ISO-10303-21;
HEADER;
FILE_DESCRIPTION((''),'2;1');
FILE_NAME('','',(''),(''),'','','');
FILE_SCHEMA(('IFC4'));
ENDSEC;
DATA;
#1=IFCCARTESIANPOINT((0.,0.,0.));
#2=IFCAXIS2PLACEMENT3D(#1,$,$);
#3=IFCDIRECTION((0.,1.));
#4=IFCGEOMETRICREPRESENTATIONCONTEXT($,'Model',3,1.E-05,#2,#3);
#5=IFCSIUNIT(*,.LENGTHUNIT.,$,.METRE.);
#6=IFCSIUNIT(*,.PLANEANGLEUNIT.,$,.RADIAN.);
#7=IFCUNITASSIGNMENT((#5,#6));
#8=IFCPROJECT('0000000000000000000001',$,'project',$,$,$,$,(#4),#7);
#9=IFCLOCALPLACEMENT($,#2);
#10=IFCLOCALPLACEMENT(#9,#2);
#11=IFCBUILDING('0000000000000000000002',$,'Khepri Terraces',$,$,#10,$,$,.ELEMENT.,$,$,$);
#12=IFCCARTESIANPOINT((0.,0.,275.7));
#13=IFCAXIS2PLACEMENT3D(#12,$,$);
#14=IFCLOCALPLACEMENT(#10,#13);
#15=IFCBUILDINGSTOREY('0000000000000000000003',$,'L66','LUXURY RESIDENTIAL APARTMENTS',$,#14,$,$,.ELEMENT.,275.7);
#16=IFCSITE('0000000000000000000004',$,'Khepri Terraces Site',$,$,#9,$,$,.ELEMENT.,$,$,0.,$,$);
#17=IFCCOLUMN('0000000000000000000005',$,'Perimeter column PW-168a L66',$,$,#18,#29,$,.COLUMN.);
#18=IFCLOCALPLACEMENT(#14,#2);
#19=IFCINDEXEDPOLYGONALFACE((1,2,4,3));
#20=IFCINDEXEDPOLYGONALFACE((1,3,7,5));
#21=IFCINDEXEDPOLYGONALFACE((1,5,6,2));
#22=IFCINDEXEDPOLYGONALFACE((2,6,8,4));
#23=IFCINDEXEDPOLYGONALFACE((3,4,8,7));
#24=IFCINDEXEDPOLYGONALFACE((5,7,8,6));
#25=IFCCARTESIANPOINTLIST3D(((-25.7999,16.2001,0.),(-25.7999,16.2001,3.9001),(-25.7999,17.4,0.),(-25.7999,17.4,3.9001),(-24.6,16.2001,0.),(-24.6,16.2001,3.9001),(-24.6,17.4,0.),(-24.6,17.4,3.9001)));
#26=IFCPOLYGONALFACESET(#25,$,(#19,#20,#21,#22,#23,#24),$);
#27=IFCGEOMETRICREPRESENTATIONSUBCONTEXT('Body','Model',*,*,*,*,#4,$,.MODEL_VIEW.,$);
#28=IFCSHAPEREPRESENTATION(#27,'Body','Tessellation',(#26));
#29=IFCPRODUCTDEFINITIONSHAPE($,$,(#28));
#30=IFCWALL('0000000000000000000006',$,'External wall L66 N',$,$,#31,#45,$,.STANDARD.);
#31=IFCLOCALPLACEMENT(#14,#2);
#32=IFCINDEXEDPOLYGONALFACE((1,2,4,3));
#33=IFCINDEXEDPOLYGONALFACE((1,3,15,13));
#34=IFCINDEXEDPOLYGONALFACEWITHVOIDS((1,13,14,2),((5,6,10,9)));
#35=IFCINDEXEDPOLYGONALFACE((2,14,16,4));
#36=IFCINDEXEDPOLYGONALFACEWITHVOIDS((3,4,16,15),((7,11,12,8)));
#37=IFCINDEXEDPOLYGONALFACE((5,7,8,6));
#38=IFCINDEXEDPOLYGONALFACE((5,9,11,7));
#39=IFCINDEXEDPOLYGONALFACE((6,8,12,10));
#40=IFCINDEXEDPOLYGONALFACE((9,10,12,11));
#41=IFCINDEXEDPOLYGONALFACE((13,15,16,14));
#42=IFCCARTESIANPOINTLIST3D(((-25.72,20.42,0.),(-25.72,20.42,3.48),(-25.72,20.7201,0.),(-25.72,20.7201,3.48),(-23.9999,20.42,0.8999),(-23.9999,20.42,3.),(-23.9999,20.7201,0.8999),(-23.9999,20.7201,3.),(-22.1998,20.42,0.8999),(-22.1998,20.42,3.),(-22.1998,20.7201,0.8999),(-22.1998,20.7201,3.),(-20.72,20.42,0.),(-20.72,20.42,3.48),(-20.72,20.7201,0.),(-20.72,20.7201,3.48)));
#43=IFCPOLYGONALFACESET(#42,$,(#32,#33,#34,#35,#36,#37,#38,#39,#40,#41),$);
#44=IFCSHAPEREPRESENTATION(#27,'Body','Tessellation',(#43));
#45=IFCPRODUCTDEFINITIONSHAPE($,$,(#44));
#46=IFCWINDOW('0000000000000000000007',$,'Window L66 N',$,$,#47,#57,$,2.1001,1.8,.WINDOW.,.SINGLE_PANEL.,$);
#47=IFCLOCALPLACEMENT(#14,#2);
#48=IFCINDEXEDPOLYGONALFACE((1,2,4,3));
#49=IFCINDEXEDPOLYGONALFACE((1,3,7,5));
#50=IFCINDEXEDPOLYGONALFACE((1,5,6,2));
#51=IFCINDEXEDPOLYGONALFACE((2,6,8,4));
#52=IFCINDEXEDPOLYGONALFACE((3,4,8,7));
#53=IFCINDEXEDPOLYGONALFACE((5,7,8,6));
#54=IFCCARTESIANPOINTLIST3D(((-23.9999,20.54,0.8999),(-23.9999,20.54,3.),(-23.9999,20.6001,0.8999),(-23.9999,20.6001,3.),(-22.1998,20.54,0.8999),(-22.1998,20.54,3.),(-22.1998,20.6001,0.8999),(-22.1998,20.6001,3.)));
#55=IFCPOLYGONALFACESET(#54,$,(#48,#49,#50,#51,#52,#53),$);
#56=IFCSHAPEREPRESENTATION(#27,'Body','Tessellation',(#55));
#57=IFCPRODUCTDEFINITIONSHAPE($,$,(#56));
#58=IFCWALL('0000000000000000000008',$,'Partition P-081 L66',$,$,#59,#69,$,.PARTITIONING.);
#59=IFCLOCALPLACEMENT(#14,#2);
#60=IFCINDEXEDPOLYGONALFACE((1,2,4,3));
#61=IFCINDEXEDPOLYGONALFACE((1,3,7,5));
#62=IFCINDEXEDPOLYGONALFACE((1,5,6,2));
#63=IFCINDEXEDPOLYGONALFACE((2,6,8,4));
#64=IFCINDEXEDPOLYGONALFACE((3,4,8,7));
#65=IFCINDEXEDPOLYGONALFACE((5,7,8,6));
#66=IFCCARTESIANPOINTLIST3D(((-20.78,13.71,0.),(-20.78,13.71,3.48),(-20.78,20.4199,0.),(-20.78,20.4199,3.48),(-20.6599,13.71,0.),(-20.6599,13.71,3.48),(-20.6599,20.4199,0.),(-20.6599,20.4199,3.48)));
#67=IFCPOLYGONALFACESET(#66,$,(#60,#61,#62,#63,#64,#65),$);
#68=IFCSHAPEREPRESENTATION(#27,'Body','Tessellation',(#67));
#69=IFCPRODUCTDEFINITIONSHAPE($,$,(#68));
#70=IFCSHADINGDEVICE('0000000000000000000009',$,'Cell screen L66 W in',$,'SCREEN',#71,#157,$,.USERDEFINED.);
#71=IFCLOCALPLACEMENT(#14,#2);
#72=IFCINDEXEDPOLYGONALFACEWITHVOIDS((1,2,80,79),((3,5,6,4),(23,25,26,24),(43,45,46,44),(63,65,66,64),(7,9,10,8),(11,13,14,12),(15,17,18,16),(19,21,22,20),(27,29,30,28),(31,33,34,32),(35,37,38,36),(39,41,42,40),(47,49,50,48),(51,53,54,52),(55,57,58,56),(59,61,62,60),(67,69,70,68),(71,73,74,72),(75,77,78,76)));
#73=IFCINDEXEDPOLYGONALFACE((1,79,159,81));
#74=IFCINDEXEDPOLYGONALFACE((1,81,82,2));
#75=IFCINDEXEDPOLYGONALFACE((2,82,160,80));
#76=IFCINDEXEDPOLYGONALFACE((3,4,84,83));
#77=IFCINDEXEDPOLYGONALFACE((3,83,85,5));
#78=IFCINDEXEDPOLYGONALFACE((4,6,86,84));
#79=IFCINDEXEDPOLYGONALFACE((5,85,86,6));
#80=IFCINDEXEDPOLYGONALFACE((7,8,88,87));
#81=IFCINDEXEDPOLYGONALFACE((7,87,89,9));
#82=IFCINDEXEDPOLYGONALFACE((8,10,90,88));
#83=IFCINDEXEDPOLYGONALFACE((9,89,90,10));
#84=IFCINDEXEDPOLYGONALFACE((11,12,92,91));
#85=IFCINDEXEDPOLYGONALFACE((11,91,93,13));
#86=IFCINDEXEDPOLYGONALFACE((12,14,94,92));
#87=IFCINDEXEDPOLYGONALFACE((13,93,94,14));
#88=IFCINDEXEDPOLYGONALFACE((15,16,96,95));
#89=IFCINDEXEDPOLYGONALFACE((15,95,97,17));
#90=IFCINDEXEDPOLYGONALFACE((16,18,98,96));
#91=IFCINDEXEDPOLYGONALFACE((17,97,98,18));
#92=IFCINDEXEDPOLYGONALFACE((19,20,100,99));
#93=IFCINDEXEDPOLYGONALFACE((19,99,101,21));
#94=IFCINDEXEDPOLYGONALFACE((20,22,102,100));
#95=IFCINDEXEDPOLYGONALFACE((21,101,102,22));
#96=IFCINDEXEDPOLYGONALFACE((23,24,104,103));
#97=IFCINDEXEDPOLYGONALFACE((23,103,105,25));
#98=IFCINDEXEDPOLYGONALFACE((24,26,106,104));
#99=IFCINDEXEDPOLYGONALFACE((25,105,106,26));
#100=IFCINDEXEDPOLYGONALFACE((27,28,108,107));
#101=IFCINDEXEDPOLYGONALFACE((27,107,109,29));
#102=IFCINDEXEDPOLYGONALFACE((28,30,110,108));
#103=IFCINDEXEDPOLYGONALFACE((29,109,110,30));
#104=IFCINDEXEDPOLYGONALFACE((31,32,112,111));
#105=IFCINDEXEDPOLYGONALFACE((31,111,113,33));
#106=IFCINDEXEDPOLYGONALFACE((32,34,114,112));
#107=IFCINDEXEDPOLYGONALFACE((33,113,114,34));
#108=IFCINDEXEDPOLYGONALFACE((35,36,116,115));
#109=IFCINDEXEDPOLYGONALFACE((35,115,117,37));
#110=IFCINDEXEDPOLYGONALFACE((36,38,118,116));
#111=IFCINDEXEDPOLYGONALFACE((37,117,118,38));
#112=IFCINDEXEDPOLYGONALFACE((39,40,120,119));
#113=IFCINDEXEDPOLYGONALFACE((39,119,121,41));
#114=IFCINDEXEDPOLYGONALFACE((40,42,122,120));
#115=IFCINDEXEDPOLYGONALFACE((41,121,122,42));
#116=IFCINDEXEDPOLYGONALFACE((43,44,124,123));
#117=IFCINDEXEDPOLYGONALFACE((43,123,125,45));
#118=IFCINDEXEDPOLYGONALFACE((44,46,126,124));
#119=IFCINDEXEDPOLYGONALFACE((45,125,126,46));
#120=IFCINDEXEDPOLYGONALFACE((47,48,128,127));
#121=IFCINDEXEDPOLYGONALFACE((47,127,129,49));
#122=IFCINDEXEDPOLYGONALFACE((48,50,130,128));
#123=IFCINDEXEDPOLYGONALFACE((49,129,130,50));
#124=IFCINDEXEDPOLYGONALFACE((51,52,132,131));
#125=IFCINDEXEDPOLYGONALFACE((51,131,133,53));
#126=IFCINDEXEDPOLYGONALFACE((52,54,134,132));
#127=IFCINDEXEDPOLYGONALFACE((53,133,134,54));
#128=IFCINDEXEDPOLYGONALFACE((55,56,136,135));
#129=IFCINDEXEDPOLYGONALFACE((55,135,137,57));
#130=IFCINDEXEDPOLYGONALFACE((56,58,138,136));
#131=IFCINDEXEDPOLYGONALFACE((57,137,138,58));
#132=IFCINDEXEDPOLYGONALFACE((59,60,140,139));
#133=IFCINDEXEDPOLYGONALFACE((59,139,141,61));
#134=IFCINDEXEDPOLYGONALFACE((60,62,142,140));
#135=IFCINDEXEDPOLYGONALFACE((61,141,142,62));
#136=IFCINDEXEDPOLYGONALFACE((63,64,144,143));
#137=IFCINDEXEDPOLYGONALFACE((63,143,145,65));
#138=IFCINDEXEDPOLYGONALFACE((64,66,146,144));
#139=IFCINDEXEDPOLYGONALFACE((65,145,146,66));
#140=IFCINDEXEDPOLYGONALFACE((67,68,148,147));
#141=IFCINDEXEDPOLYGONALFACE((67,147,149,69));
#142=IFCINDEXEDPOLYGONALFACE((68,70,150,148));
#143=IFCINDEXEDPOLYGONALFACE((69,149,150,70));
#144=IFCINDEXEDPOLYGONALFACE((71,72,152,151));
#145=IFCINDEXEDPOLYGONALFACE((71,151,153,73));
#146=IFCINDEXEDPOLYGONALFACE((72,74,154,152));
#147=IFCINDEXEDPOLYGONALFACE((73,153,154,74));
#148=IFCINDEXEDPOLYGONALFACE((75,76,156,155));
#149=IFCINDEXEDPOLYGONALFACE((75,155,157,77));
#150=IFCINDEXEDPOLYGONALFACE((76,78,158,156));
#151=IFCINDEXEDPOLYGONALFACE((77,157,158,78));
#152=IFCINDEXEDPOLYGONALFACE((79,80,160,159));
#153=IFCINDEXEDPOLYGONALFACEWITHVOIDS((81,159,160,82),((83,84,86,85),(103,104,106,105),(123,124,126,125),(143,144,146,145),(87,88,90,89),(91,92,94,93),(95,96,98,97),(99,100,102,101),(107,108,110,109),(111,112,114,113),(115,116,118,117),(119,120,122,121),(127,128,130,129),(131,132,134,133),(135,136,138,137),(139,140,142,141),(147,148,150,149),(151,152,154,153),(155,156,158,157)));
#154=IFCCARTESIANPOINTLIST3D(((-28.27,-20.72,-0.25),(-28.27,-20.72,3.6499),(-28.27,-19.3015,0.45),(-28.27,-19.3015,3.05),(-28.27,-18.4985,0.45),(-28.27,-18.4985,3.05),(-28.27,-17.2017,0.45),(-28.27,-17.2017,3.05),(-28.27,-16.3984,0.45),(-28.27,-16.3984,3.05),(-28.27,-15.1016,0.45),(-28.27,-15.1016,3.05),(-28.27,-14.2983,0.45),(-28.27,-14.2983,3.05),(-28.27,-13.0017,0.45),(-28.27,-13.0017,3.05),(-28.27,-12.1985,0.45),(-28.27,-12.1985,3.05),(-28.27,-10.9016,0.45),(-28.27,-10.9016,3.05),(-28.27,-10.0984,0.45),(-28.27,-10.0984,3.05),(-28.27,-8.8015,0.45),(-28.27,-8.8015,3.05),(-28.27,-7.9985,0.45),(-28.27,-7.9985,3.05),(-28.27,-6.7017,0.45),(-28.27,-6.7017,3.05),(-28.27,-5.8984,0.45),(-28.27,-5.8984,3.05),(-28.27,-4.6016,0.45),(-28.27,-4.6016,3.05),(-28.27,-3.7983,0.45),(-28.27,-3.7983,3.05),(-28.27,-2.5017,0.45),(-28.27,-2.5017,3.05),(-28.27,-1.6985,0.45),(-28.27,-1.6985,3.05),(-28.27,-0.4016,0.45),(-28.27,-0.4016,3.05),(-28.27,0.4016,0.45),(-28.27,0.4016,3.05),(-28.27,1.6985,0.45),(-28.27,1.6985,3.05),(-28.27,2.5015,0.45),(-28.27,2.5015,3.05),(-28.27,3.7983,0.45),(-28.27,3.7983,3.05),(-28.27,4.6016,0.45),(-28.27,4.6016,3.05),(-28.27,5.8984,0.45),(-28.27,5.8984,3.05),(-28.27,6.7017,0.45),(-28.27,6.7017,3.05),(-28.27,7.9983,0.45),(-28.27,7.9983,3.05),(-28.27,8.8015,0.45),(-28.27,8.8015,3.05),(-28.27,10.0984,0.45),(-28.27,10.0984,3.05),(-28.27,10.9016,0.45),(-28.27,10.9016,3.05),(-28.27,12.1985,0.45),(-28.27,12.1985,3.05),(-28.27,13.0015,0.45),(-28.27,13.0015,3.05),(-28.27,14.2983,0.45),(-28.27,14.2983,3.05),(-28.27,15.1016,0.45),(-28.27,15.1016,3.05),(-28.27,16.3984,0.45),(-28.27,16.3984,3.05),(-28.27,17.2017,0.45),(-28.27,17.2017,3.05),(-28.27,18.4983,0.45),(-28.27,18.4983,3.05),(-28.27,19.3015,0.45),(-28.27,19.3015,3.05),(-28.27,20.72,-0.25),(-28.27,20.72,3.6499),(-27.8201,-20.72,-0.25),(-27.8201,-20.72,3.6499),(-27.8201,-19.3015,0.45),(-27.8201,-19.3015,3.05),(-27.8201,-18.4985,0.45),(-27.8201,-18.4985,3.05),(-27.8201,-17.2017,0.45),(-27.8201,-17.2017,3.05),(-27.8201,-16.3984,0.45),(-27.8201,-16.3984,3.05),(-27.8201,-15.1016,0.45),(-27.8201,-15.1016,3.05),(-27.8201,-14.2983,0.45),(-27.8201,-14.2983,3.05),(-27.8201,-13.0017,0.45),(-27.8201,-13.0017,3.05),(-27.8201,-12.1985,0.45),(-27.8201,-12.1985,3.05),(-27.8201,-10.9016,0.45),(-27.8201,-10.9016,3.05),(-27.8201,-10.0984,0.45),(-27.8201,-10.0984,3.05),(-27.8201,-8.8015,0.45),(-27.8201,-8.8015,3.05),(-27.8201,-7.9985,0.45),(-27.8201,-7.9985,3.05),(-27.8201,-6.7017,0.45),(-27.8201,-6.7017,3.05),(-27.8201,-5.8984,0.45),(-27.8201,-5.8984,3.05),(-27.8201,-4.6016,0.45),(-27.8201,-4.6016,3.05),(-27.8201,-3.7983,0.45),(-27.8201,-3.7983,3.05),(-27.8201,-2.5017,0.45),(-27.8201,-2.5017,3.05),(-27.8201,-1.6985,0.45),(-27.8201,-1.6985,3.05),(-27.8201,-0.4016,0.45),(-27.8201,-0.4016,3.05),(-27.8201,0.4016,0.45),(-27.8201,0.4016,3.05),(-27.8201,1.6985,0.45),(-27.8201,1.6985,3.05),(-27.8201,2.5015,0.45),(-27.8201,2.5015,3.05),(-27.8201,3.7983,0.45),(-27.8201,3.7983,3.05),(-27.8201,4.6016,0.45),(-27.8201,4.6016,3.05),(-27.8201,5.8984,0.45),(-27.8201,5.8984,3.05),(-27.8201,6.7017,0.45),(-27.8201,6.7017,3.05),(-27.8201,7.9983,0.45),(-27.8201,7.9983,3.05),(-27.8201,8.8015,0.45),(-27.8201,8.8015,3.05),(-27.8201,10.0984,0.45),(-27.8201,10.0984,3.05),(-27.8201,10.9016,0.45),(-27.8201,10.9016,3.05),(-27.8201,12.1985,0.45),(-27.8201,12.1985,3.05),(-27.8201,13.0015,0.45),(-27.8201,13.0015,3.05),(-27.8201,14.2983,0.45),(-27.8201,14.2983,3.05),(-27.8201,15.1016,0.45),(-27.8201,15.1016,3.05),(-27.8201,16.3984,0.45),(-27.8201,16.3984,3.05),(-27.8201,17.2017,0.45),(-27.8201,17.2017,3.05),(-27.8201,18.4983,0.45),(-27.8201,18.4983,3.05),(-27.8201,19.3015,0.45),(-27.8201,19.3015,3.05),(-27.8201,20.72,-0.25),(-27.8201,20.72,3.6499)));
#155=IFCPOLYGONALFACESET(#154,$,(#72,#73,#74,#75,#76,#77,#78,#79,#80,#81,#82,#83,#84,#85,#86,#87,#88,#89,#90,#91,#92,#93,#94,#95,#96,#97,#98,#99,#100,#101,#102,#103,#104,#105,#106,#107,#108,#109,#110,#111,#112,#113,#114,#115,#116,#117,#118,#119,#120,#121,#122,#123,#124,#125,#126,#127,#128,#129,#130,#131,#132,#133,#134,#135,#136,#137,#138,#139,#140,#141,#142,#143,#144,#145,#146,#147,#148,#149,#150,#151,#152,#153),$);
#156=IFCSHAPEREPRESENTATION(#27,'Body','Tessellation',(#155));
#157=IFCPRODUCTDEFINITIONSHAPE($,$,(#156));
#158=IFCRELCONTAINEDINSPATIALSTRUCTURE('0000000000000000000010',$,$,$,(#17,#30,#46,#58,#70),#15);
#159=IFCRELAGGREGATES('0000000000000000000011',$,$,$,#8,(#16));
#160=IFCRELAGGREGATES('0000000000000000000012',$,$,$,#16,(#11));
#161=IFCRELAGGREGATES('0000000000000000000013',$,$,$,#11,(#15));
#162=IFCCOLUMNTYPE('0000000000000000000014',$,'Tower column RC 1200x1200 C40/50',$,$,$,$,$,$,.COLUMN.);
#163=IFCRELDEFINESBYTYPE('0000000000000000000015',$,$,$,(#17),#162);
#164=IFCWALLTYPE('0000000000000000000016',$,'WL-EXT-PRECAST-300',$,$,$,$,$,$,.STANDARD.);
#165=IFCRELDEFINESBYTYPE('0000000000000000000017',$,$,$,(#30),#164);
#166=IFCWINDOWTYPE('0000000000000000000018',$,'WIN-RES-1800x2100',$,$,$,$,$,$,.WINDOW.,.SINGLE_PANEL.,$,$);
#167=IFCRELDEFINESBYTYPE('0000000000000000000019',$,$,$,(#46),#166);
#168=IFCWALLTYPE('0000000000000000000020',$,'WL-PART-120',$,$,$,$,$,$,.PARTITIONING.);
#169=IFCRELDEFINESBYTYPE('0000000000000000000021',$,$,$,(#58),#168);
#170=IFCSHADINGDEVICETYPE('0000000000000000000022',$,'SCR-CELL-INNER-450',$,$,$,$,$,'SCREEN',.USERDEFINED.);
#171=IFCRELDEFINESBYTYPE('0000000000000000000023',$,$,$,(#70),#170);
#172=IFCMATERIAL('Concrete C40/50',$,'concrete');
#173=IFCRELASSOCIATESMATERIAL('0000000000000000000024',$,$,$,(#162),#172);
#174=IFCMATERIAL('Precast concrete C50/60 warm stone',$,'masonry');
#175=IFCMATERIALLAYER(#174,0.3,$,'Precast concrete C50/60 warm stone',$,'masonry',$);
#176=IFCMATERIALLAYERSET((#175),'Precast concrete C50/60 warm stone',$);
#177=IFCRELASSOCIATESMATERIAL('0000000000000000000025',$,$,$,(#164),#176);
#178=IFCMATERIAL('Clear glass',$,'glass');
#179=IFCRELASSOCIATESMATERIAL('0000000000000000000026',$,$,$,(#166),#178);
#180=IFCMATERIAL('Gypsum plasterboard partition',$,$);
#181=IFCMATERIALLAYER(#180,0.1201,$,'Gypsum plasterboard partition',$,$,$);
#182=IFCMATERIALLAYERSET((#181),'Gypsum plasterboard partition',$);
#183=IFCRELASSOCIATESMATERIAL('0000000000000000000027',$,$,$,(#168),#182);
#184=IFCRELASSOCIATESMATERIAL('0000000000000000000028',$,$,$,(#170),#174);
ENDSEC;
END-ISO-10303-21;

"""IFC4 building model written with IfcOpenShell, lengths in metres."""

from ifc_helpers import new_model, si_unit, direction, frame, frame_2d, origin, origin_2d, place, context, subcontext, project, spatial, polyline, rectangle, outline, extrude, material, layer, layer_set, material_profile, profile_set, type_object, element, fill, save


model = new_model("IFC4")

# Units and contexts
model_context = context("Model", 3, precision=1e-05, world=origin(), true_north=direction((0.0, 1.0)))
body_context = subcontext(model_context, "Body", "Model", "MODEL_VIEW")
ifc_project = project(units=[si_unit("LENGTHUNIT", "METRE"), si_unit("PLANEANGLEUNIT", "RADIAN")], contexts=[model_context])

# Site, building, storey
site_placement = place(None, origin())
site = spatial("IfcSite", under=ifc_project, at=site_placement, Name="Khepri Terraces Site", CompositionType="ELEMENT", RefElevation=0.0)
building_placement = place(site_placement, origin())
building = spatial("IfcBuilding", under=site, at=building_placement, Name="Khepri Terraces", CompositionType="ELEMENT")
storey_placement = place(building_placement, frame((0.0, 0.0, 275.7)))
storey = spatial("IfcBuildingStorey", under=building, at=storey_placement, Name="L66", Description="LUXURY RESIDENTIAL APARTMENTS", CompositionType="ELEMENT", Elevation=275.7)

# Column
ifc_material_1 = material(Name="Concrete C40/50", Category="concrete")
ifc_material_profile = material_profile(ifc_material_1, rectangle(XDim=1.2, YDim=1.2, at=origin_2d()), Name="Concrete C40/50", Category="concrete")
ifc_profile_set = profile_set([ifc_material_profile], Name="Concrete C40/50")
column_type = type_object("IfcColumnType", Name="Tower column RC 1200x1200 C40/50", PredefinedType="COLUMN", material=ifc_profile_set)
column_placement = place(storey_placement, frame((-25.2, 16.8, 0.0), z_axis=(0.0, 0.0, 1.0), x_axis=(1.0, 0.0, 0.0)))
element("IfcColumn", 1, at=column_placement, inside=storey, type_object=column_type, Name="Perimeter column PW-168a L66", PredefinedType="COLUMN", context=body_context, shape_type="SweptSolid", body=[
    extrude(rectangle(XDim=1.2, YDim=1.2, at=origin_2d()), origin(), (0.0, 0.0, 1.0), 3.9001),
])

# Wall, opening, window
ifc_material_2 = material(Name="Precast concrete C50/60 warm stone", Category="masonry")
ifc_layer_1 = layer(ifc_material_2, 0.3, Name="Precast concrete C50/60 warm stone", Category="masonry")
ifc_layer_set_1 = layer_set([ifc_layer_1], Name="Precast concrete C50/60 warm stone")
wall_type_1 = type_object("IfcWallType", Name="WL-EXT-PRECAST-300", PredefinedType="STANDARD", material=ifc_layer_set_1)
wall_1_placement = place(storey_placement, frame((-20.72, 20.5701, 0.0), z_axis=(0.0, 0.0, 1.0), x_axis=(-1.0, 0.0, 0.0)))
wall_1 = element("IfcWall", 2, at=wall_1_placement, inside=storey, type_object=wall_type_1, Name="External wall L66 N", PredefinedType="STANDARD", context=body_context, shape_type="SweptSolid", body=[
    extrude(rectangle(XDim=5.0, YDim=0.3, at=frame_2d((2.5, 0.0))), origin(), (0.0, 0.0, 1.0), 3.48),
])
opening_1_placement = place(wall_1_placement, frame((1.48, 0.0, 0.8999)))
opening_1 = element("IfcOpeningElement", 3, at=opening_1_placement, cuts=wall_1, PredefinedType="OPENING", context=body_context, shape_type="SweptSolid", body=[
    extrude(rectangle(XDim=1.8, YDim=2.1001, at=frame_2d((0.8999, 1.05))), frame((0.0, 0.1602, 0.0), z_axis=(0.0, -1.0, 0.0), x_axis=(1.0, 0.0, 0.0)), (0.0, 0.0, 1.0), 0.3201),
])
ifc_material_3 = material(Name="Clear glass", Category="glass")
window_type = type_object("IfcWindowType", Name="WIN-RES-1800x2100", PartitioningType="SINGLE_PANEL", PredefinedType="WINDOW", material=ifc_material_3)
window_placement = place(opening_1_placement, origin())
window = element("IfcWindow", 4, at=window_placement, inside=storey, type_object=window_type, Name="Window L66 N", OverallHeight=2.1001, OverallWidth=1.8, PartitioningType="SINGLE_PANEL", PredefinedType="WINDOW", context=body_context, shape_type="SweptSolid", body=[
    extrude(rectangle(XDim=1.8, YDim=2.1001, at=frame_2d((0.8999, 1.05))), frame((0.0, 0.03, 0.0), z_axis=(0.0, -1.0, 0.0), x_axis=(1.0, 0.0, 0.0)), (0.0, 0.0, 1.0), 0.0601),
])
fill(opening_1, window)

# Wall
ifc_material_4 = material(Name="Gypsum plasterboard partition")
ifc_layer_2 = layer(ifc_material_4, 0.1201, Name="Gypsum plasterboard partition")
ifc_layer_set_2 = layer_set([ifc_layer_2], Name="Gypsum plasterboard partition")
wall_type_2 = type_object("IfcWallType", Name="WL-PART-120", PredefinedType="PARTITIONING", material=ifc_layer_set_2)
wall_2_placement = place(storey_placement, frame((-20.72, 13.71, 0.0), z_axis=(0.0, 0.0, 1.0), x_axis=(0.0, 1.0, 0.0)))
element("IfcWall", 5, at=wall_2_placement, inside=storey, type_object=wall_type_2, Name="Partition P-081 L66", PredefinedType="PARTITIONING", context=body_context, shape_type="SweptSolid", body=[
    extrude(rectangle(XDim=6.71, YDim=0.1201, at=frame_2d((3.355, 0.0))), origin(), (0.0, 0.0, 1.0), 3.48),
])

# Shading device
shading_device_type_1 = type_object("IfcShadingDeviceType", Name="SCR-CELL-INNER-450", ElementType="SCREEN", PredefinedType="USERDEFINED", material=ifc_material_2)
shading_device_1_placement = place(storey_placement, frame((-27.8201, 20.72, -0.25), z_axis=(-1.0, 0.0, 0.0), x_axis=(0.0, -1.0, 0.0)))
element("IfcShadingDevice", 6, at=shading_device_1_placement, inside=storey, type_object=shading_device_type_1, Name="Cell screen L66 W in", ObjectType="SCREEN", PredefinedType="USERDEFINED", context=body_context, shape_type="SweptSolid", body=[
    extrude(outline(polyline([(0.0, 0.0), (41.4399, 0.0), (41.4399, 3.8999), (0.0, 3.8999), (0.0, 0.0)]), holes=[polyline([(1.4185, 0.7), (2.2217, 0.7), (2.2217, 3.3), (1.4185, 3.3), (1.4185, 0.7)]), polyline([(3.5183, 0.7), (4.3215, 0.7), (4.3215, 3.3), (3.5183, 3.3), (3.5183, 0.7)]), polyline([(5.6184, 0.7), (6.4216, 0.7), (6.4216, 3.3), (5.6184, 3.3), (5.6184, 0.7)]), polyline([(7.7185, 0.7), (8.5215, 0.7), (8.5215, 3.3), (7.7185, 3.3), (7.7185, 0.7)]), polyline([(9.8184, 0.7), (10.6216, 0.7), (10.6216, 3.3), (9.8184, 3.3), (9.8184, 0.7)]), polyline([(11.9185, 0.7), (12.7217, 0.7), (12.7217, 3.3), (11.9185, 3.3), (11.9185, 0.7)]), polyline([(14.0183, 0.7), (14.8215, 0.7), (14.8215, 3.3), (14.0183, 3.3), (14.0183, 0.7)]), polyline([(16.1184, 0.7), (16.9216, 0.7), (16.9216, 3.3), (16.1184, 3.3), (16.1184, 0.7)]), polyline([(18.2185, 0.7), (19.0215, 0.7), (19.0215, 3.3), (18.2185, 3.3), (18.2185, 0.7)]), polyline([(20.3184, 0.7), (21.1216, 0.7), (21.1216, 3.3), (20.3184, 3.3), (20.3184, 0.7)]), polyline([(22.4185, 0.7), (23.2217, 0.7), (23.2217, 3.3), (22.4185, 3.3), (22.4185, 0.7)]), polyline([(24.5183, 0.7), (25.3215, 0.7), (25.3215, 3.3), (24.5183, 3.3), (24.5183, 0.7)]), polyline([(26.6184, 0.7), (27.4216, 0.7), (27.4216, 3.3), (26.6184, 3.3), (26.6184, 0.7)]), polyline([(28.7185, 0.7), (29.5215, 0.7), (29.5215, 3.3), (28.7185, 3.3), (28.7185, 0.7)]), polyline([(30.8184, 0.7), (31.6216, 0.7), (31.6216, 3.3), (30.8184, 3.3), (30.8184, 0.7)]), polyline([(32.9185, 0.7), (33.7217, 0.7), (33.7217, 3.3), (32.9185, 3.3), (32.9185, 0.7)]), polyline([(35.0183, 0.7), (35.8215, 0.7), (35.8215, 3.3), (35.0183, 3.3), (35.0183, 0.7)]), polyline([(37.1184, 0.7), (37.9216, 0.7), (37.9216, 3.3), (37.1184, 3.3), (37.1184, 0.7)]), polyline([(39.2185, 0.7), (40.0215, 0.7), (40.0215, 3.3), (39.2185, 3.3), (39.2185, 0.7)])]), origin(), (0.0, 0.0, 1.0), 0.45),
])

save(model, "model.ifc")
